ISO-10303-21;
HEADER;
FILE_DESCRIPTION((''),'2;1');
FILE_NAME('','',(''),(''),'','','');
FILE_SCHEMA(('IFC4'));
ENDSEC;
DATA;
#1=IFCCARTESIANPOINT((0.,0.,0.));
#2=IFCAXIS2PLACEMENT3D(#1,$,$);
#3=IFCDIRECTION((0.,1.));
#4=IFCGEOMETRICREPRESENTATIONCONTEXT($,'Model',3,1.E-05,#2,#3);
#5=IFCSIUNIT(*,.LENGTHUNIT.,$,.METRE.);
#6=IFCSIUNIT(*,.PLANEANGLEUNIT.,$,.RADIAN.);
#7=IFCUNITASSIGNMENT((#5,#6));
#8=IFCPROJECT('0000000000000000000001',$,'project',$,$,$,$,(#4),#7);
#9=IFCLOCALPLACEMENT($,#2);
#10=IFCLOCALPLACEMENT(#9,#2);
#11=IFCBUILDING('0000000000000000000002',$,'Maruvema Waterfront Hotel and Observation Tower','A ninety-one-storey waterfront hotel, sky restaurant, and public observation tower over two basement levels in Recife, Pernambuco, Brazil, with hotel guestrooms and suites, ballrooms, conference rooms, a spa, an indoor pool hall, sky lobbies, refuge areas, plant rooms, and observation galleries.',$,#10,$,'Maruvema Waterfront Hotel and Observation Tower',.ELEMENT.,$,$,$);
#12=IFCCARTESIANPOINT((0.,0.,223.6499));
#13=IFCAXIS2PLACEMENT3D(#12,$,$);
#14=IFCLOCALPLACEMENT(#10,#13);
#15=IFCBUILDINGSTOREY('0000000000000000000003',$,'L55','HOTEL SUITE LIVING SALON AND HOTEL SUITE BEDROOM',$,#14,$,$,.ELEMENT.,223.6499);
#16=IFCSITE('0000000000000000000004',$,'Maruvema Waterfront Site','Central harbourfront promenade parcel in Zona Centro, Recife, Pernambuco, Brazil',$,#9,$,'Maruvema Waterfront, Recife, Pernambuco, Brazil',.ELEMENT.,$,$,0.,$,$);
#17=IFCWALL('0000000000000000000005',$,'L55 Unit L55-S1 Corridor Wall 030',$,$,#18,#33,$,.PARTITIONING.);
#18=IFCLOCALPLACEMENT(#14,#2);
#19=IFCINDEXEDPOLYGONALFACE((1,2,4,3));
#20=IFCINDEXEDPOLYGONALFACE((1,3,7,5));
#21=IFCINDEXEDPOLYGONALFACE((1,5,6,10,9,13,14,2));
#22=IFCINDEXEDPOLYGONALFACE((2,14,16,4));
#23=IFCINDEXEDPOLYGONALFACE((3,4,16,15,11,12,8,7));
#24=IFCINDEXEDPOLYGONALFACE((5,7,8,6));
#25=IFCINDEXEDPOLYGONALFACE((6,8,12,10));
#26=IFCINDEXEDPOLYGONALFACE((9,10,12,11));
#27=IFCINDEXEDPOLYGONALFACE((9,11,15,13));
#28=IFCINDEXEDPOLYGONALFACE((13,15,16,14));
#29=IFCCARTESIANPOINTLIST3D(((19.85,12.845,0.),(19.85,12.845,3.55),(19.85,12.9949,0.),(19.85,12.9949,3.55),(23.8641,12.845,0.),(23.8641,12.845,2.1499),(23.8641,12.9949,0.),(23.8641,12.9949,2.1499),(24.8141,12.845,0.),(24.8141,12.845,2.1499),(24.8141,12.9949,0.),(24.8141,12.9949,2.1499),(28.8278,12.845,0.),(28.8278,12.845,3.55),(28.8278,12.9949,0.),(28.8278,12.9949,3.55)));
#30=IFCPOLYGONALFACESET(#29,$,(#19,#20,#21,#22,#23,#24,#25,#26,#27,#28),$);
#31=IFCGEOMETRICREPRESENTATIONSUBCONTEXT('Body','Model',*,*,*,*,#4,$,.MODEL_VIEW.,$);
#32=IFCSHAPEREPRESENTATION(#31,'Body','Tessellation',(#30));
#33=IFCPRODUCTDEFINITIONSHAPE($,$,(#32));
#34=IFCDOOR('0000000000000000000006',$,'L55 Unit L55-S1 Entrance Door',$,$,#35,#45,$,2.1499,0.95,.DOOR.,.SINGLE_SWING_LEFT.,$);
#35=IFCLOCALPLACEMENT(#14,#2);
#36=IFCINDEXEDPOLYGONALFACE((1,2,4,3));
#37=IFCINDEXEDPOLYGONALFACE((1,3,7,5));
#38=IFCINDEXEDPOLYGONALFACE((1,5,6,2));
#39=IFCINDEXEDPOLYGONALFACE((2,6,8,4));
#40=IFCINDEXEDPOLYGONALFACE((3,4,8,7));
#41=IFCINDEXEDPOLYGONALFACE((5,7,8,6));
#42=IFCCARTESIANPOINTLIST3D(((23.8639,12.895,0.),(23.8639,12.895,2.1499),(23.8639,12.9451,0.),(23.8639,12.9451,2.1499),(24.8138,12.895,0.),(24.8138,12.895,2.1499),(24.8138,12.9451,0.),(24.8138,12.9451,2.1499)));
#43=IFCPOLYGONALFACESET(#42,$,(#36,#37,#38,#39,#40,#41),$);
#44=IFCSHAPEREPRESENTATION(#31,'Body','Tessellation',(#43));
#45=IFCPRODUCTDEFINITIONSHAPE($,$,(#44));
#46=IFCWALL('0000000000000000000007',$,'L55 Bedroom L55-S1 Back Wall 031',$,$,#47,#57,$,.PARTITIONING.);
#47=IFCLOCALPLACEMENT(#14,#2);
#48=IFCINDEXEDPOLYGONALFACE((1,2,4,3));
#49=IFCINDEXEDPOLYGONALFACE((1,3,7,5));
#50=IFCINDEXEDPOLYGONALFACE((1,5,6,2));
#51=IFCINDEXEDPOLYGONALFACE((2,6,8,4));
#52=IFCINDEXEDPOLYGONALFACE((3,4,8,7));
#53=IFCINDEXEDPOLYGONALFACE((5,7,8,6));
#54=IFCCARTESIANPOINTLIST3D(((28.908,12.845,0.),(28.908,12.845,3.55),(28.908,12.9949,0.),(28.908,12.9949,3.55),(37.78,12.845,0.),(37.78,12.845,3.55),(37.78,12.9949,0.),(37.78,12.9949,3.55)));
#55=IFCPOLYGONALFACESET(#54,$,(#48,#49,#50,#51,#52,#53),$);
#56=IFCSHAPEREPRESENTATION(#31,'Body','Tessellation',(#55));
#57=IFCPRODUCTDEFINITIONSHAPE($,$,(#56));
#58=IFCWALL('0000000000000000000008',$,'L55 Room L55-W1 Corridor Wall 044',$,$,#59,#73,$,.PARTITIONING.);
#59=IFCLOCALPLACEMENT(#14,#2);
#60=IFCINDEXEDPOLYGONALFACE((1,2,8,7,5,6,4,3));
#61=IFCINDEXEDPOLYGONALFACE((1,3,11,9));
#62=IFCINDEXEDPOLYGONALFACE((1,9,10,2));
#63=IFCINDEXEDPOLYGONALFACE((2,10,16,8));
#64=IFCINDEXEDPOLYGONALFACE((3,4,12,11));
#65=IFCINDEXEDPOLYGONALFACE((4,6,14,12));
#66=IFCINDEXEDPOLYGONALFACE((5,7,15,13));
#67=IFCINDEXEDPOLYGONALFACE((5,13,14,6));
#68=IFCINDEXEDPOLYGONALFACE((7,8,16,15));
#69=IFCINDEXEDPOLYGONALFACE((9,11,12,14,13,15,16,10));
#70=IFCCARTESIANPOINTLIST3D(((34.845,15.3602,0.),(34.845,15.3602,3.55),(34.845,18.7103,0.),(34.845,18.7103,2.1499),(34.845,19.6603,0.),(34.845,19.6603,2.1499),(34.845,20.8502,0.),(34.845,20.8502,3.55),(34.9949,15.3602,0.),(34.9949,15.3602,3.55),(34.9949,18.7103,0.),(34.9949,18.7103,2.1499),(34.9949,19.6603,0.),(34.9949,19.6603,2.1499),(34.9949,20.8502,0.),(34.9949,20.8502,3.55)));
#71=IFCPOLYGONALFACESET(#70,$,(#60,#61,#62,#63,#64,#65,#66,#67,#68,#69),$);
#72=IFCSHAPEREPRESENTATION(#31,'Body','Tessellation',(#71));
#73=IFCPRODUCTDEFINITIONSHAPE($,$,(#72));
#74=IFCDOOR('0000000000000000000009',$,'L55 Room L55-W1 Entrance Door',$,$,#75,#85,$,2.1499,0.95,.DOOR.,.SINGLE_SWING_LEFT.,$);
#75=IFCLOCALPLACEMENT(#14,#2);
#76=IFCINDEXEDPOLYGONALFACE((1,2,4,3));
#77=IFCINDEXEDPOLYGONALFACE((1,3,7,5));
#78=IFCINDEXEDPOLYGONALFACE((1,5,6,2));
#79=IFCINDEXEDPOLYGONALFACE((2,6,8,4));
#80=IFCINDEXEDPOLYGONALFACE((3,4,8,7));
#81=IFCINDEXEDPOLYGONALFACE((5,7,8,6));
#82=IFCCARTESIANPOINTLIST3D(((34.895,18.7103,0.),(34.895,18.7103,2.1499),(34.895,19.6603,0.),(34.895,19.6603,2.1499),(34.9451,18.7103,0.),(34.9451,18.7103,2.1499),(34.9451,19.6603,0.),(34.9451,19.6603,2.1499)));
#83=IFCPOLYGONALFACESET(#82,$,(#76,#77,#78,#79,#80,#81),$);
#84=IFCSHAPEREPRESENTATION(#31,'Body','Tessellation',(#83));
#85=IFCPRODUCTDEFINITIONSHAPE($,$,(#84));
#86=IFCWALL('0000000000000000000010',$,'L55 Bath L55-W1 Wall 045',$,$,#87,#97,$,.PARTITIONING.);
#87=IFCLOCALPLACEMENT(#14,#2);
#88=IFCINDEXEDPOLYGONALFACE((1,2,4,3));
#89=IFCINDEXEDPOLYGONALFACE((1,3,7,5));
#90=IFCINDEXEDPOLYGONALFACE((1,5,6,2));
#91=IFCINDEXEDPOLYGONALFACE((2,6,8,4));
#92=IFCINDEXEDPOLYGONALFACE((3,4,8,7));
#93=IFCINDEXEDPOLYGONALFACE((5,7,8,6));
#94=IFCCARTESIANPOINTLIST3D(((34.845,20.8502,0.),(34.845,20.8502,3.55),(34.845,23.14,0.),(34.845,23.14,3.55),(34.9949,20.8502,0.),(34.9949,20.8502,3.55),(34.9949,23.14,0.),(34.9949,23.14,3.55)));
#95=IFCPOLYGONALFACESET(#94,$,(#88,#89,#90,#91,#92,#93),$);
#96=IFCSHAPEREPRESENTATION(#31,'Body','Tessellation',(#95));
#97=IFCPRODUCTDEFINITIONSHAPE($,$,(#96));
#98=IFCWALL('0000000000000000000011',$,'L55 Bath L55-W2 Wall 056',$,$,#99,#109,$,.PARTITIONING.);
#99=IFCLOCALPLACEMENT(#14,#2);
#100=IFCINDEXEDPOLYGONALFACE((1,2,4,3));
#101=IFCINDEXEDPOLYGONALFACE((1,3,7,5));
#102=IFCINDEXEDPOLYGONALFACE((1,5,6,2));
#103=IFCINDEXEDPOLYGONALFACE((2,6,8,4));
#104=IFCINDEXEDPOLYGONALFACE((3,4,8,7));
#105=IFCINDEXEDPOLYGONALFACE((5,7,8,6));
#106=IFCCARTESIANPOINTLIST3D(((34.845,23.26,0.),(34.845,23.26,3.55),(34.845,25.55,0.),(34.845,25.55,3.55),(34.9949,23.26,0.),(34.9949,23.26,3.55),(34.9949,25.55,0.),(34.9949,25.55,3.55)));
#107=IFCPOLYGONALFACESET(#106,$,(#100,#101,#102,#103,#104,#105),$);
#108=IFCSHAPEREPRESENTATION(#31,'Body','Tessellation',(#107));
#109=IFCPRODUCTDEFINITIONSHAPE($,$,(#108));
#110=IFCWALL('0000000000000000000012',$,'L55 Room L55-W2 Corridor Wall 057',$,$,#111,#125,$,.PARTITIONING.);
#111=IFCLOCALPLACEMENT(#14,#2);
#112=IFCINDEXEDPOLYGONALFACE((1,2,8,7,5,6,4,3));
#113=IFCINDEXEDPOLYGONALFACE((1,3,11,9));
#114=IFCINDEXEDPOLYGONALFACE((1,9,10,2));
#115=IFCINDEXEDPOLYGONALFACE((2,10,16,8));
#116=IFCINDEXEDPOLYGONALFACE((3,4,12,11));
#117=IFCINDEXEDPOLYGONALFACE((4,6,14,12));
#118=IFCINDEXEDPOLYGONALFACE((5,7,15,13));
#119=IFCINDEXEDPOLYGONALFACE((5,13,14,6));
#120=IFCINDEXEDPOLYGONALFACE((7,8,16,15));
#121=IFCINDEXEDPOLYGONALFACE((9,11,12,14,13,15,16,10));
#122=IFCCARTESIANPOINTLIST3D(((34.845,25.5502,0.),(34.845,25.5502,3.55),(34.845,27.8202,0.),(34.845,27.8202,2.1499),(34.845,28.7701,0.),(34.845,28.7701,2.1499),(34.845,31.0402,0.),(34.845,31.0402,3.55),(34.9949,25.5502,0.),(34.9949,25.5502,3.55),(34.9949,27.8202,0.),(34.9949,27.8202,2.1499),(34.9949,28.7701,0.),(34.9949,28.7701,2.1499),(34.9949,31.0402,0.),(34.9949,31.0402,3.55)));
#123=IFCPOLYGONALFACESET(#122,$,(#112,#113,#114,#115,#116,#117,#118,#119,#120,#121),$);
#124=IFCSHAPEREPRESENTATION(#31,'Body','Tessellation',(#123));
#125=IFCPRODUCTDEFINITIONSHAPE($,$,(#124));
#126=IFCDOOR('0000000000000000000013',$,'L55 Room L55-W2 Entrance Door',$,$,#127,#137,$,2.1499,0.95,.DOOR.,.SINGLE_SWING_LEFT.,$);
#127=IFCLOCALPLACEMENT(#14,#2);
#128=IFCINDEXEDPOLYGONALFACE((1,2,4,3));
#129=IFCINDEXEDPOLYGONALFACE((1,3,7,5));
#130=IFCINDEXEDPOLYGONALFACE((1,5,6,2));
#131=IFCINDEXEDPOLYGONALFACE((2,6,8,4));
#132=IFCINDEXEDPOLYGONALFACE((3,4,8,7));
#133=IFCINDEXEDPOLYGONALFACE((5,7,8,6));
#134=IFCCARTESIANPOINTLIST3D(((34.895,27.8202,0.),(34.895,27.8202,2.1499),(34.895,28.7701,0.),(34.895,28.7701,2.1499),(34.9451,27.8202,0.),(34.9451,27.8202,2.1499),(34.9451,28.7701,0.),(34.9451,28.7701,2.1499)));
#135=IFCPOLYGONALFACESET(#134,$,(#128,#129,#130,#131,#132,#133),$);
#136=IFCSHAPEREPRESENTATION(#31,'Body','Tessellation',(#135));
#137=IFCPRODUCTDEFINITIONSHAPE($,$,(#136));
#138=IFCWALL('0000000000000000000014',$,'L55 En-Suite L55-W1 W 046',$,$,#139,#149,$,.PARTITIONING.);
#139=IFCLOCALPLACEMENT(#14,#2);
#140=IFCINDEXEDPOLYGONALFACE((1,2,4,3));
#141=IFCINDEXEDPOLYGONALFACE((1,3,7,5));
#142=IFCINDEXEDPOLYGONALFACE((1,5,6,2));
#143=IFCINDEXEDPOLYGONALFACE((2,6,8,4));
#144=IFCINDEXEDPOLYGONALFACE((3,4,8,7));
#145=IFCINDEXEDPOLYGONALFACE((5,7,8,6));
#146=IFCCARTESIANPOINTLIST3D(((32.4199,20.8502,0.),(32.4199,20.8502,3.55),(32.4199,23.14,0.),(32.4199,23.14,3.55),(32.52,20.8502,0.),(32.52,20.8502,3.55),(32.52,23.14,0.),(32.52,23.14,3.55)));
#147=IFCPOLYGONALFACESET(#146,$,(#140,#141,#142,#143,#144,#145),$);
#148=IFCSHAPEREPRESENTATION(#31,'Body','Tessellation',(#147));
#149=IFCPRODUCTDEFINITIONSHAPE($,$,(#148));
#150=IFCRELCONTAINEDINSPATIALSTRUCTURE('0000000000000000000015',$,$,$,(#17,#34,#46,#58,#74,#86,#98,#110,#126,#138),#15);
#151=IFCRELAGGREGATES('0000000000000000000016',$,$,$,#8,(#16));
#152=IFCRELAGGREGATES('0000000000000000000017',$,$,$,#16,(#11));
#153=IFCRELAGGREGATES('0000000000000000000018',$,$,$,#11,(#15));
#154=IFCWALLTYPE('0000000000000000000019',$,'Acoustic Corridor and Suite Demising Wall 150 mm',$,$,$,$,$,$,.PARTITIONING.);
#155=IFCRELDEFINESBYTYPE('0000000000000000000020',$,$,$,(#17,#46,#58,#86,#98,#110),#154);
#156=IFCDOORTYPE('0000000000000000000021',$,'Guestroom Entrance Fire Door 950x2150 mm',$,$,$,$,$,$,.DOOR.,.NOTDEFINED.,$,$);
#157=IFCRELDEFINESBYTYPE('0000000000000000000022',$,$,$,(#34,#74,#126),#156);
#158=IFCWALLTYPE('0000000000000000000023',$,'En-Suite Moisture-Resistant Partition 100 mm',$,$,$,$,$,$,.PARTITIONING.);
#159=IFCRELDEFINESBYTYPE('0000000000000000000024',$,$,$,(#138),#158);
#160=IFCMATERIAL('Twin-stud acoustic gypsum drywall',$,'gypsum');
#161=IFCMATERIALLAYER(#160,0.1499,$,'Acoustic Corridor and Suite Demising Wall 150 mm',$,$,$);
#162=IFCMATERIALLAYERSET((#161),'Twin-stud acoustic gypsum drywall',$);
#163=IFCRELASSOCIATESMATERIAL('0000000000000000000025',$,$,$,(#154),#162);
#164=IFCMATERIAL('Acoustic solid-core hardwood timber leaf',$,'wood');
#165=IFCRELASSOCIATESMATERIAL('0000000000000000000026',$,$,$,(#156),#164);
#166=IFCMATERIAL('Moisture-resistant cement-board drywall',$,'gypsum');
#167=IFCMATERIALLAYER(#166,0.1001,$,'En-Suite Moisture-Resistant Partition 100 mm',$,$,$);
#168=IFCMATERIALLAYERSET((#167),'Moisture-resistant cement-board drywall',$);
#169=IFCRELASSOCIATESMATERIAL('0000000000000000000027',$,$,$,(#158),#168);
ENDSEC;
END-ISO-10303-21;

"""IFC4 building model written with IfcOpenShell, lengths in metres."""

from ifc_helpers import new_model, si_unit, direction, frame, frame_2d, origin, place, context, subcontext, project, spatial, rectangle, extrude, material, layer, layer_set, type_object, element, fill, save


model = new_model("IFC4")

# Units and contexts
model_context = context("Model", 3, precision=1e-05, world=origin(), true_north=direction((0.0, 1.0)))
body_context = subcontext(model_context, "Body", "Model", "MODEL_VIEW")
ifc_project = project(units=[si_unit("LENGTHUNIT", "METRE"), si_unit("PLANEANGLEUNIT", "RADIAN")], contexts=[model_context])

# Site, building, storey
site_placement = place(None, origin())
site = spatial("IfcSite", under=ifc_project, at=site_placement, Name="Maruvema Waterfront Site", Description="Central harbourfront promenade parcel in Zona Centro, Recife, Pernambuco, Brazil", LongName="Maruvema Waterfront, Recife, Pernambuco, Brazil", CompositionType="ELEMENT", RefElevation=0.0)
building_placement = place(site_placement, origin())
building = spatial("IfcBuilding", under=site, at=building_placement, Name="Maruvema Waterfront Hotel and Observation Tower", Description="A ninety-one-storey waterfront hotel, sky restaurant, and public observation tower over two basement levels in Recife, Pernambuco, Brazil, with hotel guestrooms and suites, ballrooms, conference rooms, a spa, an indoor pool hall, sky lobbies, refuge areas, plant rooms, and observation galleries.", LongName="Maruvema Waterfront Hotel and Observation Tower", CompositionType="ELEMENT")
storey_placement = place(building_placement, frame((0.0, 0.0, 223.6499)))
storey = spatial("IfcBuildingStorey", under=building, at=storey_placement, Name="L55", Description="HOTEL SUITE LIVING SALON AND HOTEL SUITE BEDROOM", CompositionType="ELEMENT", Elevation=223.6499)

# Wall, opening, door
ifc_material_1 = material(Name="Twin-stud acoustic gypsum drywall", Category="gypsum")
ifc_layer_1 = layer(ifc_material_1, 0.1499, Name="Acoustic Corridor and Suite Demising Wall 150 mm")
ifc_layer_set_1 = layer_set([ifc_layer_1], Name="Twin-stud acoustic gypsum drywall")
wall_type_1 = type_object("IfcWallType", Name="Acoustic Corridor and Suite Demising Wall 150 mm", PredefinedType="PARTITIONING", material=ifc_layer_set_1)
wall_1_placement = place(storey_placement, frame((19.8501, 12.9199, 0.0), z_axis=(0.0, 0.0, 1.0), x_axis=(1.0, 0.0, 0.0)))
wall_1 = element("IfcWall", 1, at=wall_1_placement, inside=storey, type_object=wall_type_1, Name="L55 Unit L55-S1 Corridor Wall 030", PredefinedType="PARTITIONING", context=body_context, shape_type="SweptSolid", body=[
    extrude(rectangle(XDim=8.9778, YDim=0.1499, at=frame_2d((4.4888, 0.0))), origin(), (0.0, 0.0, 1.0), 3.55),
])
opening_1_placement = place(wall_1_placement, frame((4.0139, 0.0, 0.0)))
opening_1 = element("IfcOpeningElement", 2, at=opening_1_placement, cuts=wall_1, PredefinedType="OPENING", context=body_context, shape_type="SweptSolid", body=[
    extrude(rectangle(XDim=0.95, YDim=2.1499, at=frame_2d((0.4751, 1.075))), frame((0.0, 0.085, 0.0), z_axis=(0.0, -1.0, 0.0), x_axis=(1.0, 0.0, 0.0)), (0.0, 0.0, 1.0), 0.1699),
])
ifc_material_2 = material(Name="Acoustic solid-core hardwood timber leaf", Category="wood")
door_type_1 = type_object("IfcDoorType", Name="Guestroom Entrance Fire Door 950x2150 mm", OperationType="NOTDEFINED", PredefinedType="DOOR", material=ifc_material_2)
door_1_placement = place(opening_1_placement, frame((0.95, 0.0, 0.0), z_axis=(0.0, 0.0, 1.0), x_axis=(-1.0, 0.0, 0.0)))
door_1 = element("IfcDoor", 3, at=door_1_placement, inside=storey, type_object=door_type_1, Name="L55 Unit L55-S1 Entrance Door", OperationType="SINGLE_SWING_LEFT", OverallHeight=2.1499, OverallWidth=0.95, PredefinedType="DOOR", context=body_context, shape_type="SweptSolid", body=[
    extrude(rectangle(XDim=0.95, YDim=2.1499, at=frame_2d((0.4751, 1.075))), frame((0.0, 0.0249, 0.0), z_axis=(0.0, -1.0, 0.0), x_axis=(1.0, 0.0, 0.0)), (0.0, 0.0, 1.0), 0.05),
])
fill(opening_1, door_1)

# Wall
wall_2_placement = place(storey_placement, frame((28.908, 12.9199, 0.0), z_axis=(0.0, 0.0, 1.0), x_axis=(1.0, 0.0, 0.0)))
element("IfcWall", 4, at=wall_2_placement, inside=storey, type_object=wall_type_1, Name="L55 Bedroom L55-S1 Back Wall 031", PredefinedType="PARTITIONING", context=body_context, shape_type="SweptSolid", body=[
    extrude(rectangle(XDim=8.8721, YDim=0.1499, at=frame_2d((4.436, 0.0))), origin(), (0.0, 0.0, 1.0), 3.55),
])

# Wall, opening, door
wall_3_placement = place(storey_placement, frame((34.9199, 15.3601, 0.0), z_axis=(0.0, 0.0, 1.0), x_axis=(0.0, 1.0, 0.0)))
wall_3 = element("IfcWall", 5, at=wall_3_placement, inside=storey, type_object=wall_type_1, Name="L55 Room L55-W1 Corridor Wall 044", PredefinedType="PARTITIONING", context=body_context, shape_type="SweptSolid", body=[
    extrude(rectangle(XDim=5.49, YDim=0.1499, at=frame_2d((2.7451, 0.0))), origin(), (0.0, 0.0, 1.0), 3.55),
])
opening_2_placement = place(wall_3_placement, frame((3.3501, 0.0, 0.0)))
opening_2 = element("IfcOpeningElement", 6, at=opening_2_placement, cuts=wall_3, PredefinedType="OPENING", context=body_context, shape_type="SweptSolid", body=[
    extrude(rectangle(XDim=0.95, YDim=2.1499, at=frame_2d((0.4751, 1.075))), frame((0.0, 0.085, 0.0), z_axis=(0.0, -1.0, 0.0), x_axis=(1.0, 0.0, 0.0)), (0.0, 0.0, 1.0), 0.1699),
])
door_2_placement = place(opening_2_placement, origin())
door_2 = element("IfcDoor", 7, at=door_2_placement, inside=storey, type_object=door_type_1, Name="L55 Room L55-W1 Entrance Door", OperationType="SINGLE_SWING_LEFT", OverallHeight=2.1499, OverallWidth=0.95, PredefinedType="DOOR", context=body_context, shape_type="SweptSolid", body=[
    extrude(rectangle(XDim=0.95, YDim=2.1499, at=frame_2d((0.4751, 1.075))), frame((0.0, 0.0249, 0.0), z_axis=(0.0, -1.0, 0.0), x_axis=(1.0, 0.0, 0.0)), (0.0, 0.0, 1.0), 0.05),
])
fill(opening_2, door_2)

# Walls
wall_4_placement = place(storey_placement, frame((34.9199, 20.8501, 0.0), z_axis=(0.0, 0.0, 1.0), x_axis=(0.0, 1.0, 0.0)))
element("IfcWall", 8, at=wall_4_placement, inside=storey, type_object=wall_type_1, Name="L55 Bath L55-W1 Wall 045", PredefinedType="PARTITIONING", context=body_context, shape_type="SweptSolid", body=[
    extrude(rectangle(XDim=2.2898, YDim=0.1499, at=frame_2d((1.145, 0.0))), origin(), (0.0, 0.0, 1.0), 3.55),
])
wall_5_placement = place(storey_placement, frame((34.9199, 23.26, 0.0), z_axis=(0.0, 0.0, 1.0), x_axis=(0.0, 1.0, 0.0)))
element("IfcWall", 9, at=wall_5_placement, inside=storey, type_object=wall_type_1, Name="L55 Bath L55-W2 Wall 056", PredefinedType="PARTITIONING", context=body_context, shape_type="SweptSolid", body=[
    extrude(rectangle(XDim=2.29, YDim=0.1499, at=frame_2d((1.145, 0.0))), origin(), (0.0, 0.0, 1.0), 3.55),
])

# Wall, opening, door
wall_6_placement = place(storey_placement, frame((34.9199, 25.55, 0.0), z_axis=(0.0, 0.0, 1.0), x_axis=(0.0, 1.0, 0.0)))
wall_6 = element("IfcWall", 10, at=wall_6_placement, inside=storey, type_object=wall_type_1, Name="L55 Room L55-W2 Corridor Wall 057", PredefinedType="PARTITIONING", context=body_context, shape_type="SweptSolid", body=[
    extrude(rectangle(XDim=5.49, YDim=0.1499, at=frame_2d((2.7451, 0.0))), origin(), (0.0, 0.0, 1.0), 3.55),
])
opening_3_placement = place(wall_6_placement, frame((2.27, 0.0, 0.0)))
opening_3 = element("IfcOpeningElement", 11, at=opening_3_placement, cuts=wall_6, PredefinedType="OPENING", context=body_context, shape_type="SweptSolid", body=[
    extrude(rectangle(XDim=0.95, YDim=2.1499, at=frame_2d((0.4751, 1.075))), frame((0.0, 0.085, 0.0), z_axis=(0.0, -1.0, 0.0), x_axis=(1.0, 0.0, 0.0)), (0.0, 0.0, 1.0), 0.1699),
])
door_3_placement = place(opening_3_placement, origin())
door_3 = element("IfcDoor", 12, at=door_3_placement, inside=storey, type_object=door_type_1, Name="L55 Room L55-W2 Entrance Door", OperationType="SINGLE_SWING_LEFT", OverallHeight=2.1499, OverallWidth=0.95, PredefinedType="DOOR", context=body_context, shape_type="SweptSolid", body=[
    extrude(rectangle(XDim=0.95, YDim=2.1499, at=frame_2d((0.4751, 1.075))), frame((0.0, 0.0249, 0.0), z_axis=(0.0, -1.0, 0.0), x_axis=(1.0, 0.0, 0.0)), (0.0, 0.0, 1.0), 0.05),
])
fill(opening_3, door_3)

# Wall
ifc_material_3 = material(Name="Moisture-resistant cement-board drywall", Category="gypsum")
ifc_layer_2 = layer(ifc_material_3, 0.1001, Name="En-Suite Moisture-Resistant Partition 100 mm")
ifc_layer_set_2 = layer_set([ifc_layer_2], Name="Moisture-resistant cement-board drywall")
wall_type_2 = type_object("IfcWallType", Name="En-Suite Moisture-Resistant Partition 100 mm", PredefinedType="PARTITIONING", material=ifc_layer_set_2)
wall_7_placement = place(storey_placement, frame((32.47, 20.8501, 0.0), z_axis=(0.0, 0.0, 1.0), x_axis=(0.0, 1.0, 0.0)))
element("IfcWall", 13, at=wall_7_placement, inside=storey, type_object=wall_type_2, Name="L55 En-Suite L55-W1 W 046", PredefinedType="PARTITIONING", context=body_context, shape_type="SweptSolid", body=[
    extrude(rectangle(XDim=2.2898, YDim=0.1001, at=frame_2d((1.145, 0.0))), origin(), (0.0, 0.0, 1.0), 3.55),
])

save(model, "model.ifc")
